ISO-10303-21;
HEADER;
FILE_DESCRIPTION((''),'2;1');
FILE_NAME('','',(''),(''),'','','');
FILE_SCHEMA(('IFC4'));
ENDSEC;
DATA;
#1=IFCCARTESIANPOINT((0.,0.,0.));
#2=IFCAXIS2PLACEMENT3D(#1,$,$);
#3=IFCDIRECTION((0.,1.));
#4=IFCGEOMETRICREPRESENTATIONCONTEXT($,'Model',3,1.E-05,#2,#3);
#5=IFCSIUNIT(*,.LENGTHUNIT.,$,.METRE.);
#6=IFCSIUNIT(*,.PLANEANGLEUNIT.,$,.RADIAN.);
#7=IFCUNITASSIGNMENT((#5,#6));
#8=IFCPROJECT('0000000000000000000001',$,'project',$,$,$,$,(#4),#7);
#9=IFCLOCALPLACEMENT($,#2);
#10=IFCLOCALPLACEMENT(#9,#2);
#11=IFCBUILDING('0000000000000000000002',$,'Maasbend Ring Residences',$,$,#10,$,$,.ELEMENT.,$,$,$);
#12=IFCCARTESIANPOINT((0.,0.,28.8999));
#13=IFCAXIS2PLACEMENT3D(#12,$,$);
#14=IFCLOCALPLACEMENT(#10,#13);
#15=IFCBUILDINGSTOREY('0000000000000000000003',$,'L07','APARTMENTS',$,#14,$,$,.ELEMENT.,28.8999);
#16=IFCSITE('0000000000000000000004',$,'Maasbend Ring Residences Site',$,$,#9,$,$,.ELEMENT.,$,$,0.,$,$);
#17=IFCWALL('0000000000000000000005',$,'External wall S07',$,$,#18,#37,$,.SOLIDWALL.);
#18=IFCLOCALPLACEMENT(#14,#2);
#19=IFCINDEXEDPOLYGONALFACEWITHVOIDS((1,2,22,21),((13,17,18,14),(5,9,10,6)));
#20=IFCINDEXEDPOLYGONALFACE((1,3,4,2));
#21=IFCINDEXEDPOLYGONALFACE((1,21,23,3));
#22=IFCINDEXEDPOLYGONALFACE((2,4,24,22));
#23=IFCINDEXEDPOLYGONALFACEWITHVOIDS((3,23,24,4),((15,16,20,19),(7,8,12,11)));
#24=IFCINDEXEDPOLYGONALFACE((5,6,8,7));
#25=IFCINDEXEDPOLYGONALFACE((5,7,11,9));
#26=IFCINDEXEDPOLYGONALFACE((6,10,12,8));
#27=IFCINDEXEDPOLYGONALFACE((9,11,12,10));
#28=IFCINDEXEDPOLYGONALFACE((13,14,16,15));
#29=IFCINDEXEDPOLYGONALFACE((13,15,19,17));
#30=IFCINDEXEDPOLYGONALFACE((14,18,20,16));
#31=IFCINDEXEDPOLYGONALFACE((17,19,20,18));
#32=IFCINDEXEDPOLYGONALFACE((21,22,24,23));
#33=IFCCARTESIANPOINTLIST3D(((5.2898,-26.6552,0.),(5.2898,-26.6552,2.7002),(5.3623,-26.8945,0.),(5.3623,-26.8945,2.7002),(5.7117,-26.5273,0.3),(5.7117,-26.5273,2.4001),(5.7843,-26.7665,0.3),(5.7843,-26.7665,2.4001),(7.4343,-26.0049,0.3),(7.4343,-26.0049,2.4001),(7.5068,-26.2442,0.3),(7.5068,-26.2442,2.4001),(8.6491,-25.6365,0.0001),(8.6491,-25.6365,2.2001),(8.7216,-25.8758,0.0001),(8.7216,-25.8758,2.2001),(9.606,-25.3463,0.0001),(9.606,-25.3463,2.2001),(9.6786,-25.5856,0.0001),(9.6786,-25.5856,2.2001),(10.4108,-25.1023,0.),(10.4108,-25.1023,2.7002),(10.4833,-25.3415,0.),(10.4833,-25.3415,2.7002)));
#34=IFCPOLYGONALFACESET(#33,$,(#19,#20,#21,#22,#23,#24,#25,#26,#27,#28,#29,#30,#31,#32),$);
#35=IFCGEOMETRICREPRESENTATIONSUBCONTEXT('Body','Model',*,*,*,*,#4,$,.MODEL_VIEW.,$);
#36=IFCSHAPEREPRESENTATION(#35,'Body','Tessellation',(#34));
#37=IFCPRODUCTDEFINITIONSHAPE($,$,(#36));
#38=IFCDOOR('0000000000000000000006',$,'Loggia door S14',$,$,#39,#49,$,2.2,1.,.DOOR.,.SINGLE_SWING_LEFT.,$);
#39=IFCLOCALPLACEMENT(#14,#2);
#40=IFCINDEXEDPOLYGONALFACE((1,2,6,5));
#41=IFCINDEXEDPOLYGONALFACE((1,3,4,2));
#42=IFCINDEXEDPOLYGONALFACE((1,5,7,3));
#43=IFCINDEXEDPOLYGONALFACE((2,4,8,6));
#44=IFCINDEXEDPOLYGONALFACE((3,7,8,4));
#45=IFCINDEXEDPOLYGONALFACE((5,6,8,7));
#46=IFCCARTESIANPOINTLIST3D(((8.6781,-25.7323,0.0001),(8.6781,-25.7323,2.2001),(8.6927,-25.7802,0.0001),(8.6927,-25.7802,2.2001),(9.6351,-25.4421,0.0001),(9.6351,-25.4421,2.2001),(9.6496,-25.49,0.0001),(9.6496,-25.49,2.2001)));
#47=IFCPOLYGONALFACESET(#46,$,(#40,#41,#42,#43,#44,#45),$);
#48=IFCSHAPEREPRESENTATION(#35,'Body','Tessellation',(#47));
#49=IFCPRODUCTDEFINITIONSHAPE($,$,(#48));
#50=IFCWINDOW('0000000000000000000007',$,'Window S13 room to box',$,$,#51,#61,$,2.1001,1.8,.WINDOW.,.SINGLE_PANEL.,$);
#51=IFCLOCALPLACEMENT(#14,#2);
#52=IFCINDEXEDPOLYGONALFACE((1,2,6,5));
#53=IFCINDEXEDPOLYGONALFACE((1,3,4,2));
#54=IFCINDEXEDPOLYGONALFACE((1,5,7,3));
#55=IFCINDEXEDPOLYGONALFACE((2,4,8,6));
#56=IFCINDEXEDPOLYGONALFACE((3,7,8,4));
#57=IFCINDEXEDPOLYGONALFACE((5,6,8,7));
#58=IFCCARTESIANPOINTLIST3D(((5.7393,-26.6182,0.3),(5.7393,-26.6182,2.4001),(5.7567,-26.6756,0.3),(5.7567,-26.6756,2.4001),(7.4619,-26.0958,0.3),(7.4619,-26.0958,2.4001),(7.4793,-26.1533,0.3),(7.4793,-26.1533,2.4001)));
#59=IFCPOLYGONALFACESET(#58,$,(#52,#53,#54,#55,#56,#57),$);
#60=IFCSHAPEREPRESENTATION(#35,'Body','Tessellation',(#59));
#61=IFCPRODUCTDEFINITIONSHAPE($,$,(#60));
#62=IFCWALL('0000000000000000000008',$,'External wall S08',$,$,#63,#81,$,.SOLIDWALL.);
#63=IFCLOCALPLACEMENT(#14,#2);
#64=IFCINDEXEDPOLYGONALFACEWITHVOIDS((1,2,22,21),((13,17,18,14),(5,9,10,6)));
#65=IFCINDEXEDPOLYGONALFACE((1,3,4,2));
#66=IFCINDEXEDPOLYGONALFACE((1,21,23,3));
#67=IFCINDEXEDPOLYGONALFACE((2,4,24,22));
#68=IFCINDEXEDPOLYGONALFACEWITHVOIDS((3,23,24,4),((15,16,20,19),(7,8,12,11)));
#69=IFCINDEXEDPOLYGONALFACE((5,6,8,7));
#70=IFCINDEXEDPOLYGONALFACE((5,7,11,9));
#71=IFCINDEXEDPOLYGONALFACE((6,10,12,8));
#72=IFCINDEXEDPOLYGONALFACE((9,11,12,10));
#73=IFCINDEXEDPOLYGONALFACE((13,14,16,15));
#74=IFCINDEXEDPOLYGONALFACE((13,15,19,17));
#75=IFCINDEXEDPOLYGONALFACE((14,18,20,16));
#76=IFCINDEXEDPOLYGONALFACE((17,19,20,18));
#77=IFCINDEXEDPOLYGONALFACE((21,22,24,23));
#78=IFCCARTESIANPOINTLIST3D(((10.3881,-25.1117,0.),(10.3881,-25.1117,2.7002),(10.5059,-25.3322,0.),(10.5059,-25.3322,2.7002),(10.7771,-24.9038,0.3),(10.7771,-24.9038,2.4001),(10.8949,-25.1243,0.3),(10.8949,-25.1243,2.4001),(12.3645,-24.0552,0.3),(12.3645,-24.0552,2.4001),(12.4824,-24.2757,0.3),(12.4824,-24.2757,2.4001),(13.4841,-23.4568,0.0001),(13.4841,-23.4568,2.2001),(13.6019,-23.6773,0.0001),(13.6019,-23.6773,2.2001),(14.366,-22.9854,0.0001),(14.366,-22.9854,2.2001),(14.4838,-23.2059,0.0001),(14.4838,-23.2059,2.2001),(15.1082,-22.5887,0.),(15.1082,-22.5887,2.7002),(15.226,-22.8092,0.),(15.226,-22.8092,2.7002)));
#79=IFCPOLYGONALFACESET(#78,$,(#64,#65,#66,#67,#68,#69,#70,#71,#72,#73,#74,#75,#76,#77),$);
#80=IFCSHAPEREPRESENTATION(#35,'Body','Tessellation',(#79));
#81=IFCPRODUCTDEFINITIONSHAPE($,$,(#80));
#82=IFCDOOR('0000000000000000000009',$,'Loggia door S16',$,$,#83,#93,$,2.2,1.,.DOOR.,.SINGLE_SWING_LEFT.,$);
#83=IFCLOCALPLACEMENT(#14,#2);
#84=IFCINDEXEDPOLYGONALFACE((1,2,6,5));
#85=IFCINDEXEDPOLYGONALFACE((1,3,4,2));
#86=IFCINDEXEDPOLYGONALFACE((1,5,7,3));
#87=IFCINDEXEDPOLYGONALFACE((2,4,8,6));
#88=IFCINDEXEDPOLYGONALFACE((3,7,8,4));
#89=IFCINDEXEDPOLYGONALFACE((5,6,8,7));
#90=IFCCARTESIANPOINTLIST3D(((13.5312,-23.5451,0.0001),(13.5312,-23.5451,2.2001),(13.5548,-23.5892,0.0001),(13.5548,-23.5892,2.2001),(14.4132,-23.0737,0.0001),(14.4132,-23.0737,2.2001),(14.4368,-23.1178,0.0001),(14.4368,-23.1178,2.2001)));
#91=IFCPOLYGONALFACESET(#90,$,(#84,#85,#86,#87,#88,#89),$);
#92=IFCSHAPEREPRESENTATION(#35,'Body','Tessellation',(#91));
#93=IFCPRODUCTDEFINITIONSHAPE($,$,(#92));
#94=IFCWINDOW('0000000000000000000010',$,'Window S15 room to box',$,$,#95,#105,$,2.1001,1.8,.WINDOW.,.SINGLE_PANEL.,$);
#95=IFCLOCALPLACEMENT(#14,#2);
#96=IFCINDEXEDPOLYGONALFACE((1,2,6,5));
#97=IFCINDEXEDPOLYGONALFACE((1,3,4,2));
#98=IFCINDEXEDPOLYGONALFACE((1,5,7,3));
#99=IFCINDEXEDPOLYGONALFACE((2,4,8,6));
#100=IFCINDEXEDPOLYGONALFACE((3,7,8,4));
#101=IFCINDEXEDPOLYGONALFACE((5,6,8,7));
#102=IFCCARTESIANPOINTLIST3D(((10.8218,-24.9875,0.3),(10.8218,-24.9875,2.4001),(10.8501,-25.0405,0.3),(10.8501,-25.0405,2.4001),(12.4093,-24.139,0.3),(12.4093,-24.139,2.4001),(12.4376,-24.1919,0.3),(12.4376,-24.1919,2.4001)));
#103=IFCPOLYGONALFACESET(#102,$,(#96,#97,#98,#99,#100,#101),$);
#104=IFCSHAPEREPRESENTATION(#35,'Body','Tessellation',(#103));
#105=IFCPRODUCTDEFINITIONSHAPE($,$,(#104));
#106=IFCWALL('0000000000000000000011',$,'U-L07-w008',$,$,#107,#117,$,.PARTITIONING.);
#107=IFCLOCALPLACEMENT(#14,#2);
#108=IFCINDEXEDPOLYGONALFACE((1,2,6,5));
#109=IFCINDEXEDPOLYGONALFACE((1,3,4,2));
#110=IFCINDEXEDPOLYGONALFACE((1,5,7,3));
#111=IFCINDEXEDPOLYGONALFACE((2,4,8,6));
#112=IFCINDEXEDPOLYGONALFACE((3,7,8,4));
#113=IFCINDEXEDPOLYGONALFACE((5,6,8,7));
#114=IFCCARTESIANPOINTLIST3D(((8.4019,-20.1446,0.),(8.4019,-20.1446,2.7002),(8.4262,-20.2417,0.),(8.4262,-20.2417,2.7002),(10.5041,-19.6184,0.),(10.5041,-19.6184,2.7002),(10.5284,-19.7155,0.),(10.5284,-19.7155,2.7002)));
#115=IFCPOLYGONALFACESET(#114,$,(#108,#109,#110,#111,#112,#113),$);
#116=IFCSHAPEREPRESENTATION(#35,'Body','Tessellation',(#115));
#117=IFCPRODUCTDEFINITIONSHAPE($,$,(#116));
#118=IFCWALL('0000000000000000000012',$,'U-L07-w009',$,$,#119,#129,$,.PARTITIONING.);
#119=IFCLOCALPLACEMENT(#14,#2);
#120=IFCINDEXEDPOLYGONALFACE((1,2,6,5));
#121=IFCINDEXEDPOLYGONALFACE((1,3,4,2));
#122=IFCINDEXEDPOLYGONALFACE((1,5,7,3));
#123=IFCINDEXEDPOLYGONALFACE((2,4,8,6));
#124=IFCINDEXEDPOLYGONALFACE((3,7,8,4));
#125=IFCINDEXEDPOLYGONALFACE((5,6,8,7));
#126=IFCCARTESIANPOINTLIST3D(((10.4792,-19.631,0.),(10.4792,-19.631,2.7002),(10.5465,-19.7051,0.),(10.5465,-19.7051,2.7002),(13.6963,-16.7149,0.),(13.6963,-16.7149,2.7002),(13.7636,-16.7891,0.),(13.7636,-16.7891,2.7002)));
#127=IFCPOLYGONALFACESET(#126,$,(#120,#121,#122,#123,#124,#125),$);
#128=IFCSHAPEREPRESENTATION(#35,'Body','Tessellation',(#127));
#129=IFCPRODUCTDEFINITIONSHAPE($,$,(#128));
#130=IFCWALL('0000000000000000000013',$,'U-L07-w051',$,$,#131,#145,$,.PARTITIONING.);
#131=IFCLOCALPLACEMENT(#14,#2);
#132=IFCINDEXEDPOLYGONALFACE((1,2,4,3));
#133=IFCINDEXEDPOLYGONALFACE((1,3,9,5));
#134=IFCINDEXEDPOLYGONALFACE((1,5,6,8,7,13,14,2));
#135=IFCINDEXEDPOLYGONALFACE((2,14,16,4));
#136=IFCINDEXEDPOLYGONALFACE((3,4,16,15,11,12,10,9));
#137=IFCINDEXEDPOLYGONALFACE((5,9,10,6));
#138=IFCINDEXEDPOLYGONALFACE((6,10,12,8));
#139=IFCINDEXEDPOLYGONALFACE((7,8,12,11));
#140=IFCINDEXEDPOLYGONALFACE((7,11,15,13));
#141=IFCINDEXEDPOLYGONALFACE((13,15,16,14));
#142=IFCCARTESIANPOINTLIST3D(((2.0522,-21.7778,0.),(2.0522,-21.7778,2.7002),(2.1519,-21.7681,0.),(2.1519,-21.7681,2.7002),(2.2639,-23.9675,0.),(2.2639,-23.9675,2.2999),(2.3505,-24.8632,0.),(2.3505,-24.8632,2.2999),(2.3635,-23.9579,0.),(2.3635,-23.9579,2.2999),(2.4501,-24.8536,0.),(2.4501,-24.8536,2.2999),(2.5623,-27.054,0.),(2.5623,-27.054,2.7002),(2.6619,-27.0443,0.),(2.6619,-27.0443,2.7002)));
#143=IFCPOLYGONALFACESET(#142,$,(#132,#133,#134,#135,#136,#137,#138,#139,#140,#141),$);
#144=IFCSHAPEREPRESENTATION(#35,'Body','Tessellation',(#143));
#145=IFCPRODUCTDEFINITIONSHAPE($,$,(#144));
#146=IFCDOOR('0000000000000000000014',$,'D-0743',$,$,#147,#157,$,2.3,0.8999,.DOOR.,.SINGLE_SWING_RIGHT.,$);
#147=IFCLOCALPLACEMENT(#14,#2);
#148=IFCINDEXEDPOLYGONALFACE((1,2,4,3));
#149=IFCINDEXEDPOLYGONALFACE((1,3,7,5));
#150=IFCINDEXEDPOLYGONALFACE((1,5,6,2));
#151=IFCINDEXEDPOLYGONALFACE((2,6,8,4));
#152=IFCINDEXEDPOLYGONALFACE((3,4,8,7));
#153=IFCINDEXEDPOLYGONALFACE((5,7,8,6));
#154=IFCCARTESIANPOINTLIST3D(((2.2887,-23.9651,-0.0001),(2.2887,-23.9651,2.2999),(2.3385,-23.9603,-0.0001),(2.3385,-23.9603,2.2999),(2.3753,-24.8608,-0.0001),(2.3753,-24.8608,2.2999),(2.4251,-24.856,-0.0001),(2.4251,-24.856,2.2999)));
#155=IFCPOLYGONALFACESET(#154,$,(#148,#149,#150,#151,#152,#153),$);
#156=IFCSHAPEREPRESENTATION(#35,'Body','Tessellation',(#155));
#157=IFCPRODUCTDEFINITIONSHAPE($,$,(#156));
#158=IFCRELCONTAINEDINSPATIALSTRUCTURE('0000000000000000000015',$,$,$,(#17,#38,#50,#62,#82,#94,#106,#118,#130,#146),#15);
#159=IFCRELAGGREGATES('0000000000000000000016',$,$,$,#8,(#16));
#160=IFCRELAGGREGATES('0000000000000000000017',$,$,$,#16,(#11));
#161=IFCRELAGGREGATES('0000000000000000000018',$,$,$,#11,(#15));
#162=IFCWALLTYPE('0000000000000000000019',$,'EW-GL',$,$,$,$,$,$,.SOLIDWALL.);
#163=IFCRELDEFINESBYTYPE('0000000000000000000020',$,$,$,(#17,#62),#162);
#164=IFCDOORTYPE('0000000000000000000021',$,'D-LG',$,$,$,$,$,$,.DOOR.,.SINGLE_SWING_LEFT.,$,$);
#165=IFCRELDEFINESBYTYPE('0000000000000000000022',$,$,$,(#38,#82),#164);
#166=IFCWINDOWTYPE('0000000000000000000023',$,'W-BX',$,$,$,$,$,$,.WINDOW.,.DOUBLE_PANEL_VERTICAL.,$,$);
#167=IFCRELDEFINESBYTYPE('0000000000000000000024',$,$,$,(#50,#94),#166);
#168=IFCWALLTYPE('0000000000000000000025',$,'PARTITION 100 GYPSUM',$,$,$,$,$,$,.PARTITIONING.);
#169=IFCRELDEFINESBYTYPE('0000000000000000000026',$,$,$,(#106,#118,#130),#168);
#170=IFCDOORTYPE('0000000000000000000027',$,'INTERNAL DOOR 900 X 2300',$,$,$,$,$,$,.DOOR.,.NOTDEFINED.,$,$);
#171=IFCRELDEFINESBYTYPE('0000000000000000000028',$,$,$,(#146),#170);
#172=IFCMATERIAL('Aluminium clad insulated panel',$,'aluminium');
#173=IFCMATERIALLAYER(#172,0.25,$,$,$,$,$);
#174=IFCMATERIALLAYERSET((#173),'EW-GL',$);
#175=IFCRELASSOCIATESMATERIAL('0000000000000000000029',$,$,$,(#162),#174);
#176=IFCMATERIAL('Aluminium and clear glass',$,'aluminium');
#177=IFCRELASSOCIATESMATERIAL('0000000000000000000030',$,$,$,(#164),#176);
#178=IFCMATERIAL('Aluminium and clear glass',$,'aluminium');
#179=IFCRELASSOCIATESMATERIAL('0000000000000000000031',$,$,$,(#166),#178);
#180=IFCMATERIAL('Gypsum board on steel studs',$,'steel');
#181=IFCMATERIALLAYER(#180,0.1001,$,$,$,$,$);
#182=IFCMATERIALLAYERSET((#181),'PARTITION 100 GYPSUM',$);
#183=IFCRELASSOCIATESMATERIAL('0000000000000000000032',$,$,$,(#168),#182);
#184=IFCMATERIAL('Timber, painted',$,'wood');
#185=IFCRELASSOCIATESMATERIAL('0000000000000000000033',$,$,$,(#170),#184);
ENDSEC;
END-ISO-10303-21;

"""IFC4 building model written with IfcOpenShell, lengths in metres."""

from ifc_helpers import new_model, si_unit, direction, frame, frame_2d, origin, place, context, subcontext, project, spatial, rectangle, extrude, material, layer, layer_set, type_object, element, fill, save


model = new_model("IFC4")

# Units and contexts
model_context = context("Model", 3, precision=1e-05, world=origin(), true_north=direction((0.0, 1.0)))
body_context = subcontext(model_context, "Body", "Model", "MODEL_VIEW")
ifc_project = project(units=[si_unit("LENGTHUNIT", "METRE"), si_unit("PLANEANGLEUNIT", "RADIAN")], contexts=[model_context])

# Site, building, storey
site_placement = place(None, origin())
site = spatial("IfcSite", under=ifc_project, at=site_placement, Name="Maasbend Ring Residences Site", CompositionType="ELEMENT", RefElevation=0.0)
building_placement = place(site_placement, origin())
building = spatial("IfcBuilding", under=site, at=building_placement, Name="Maasbend Ring Residences", CompositionType="ELEMENT")
storey_placement = place(building_placement, frame((0.0, 0.0, 28.8999)))
storey = spatial("IfcBuildingStorey", under=building, at=storey_placement, Name="L07", Description="APARTMENTS", CompositionType="ELEMENT", Elevation=28.8999)

# Walls, openings, doors, windows
ifc_material_1 = material(Name="Aluminium clad insulated panel", Category="aluminium")
ifc_layer_1 = layer(ifc_material_1, 0.25)
ifc_layer_set_1 = layer_set([ifc_layer_1], Name="EW-GL")
wall_type_1 = type_object("IfcWallType", Name="EW-GL", PredefinedType="SOLIDWALL", material=ifc_layer_set_1)
wall_1_placement = place(storey_placement, frame((5.3259, -26.7749, 0.0), z_axis=(0.0, 0.0, 1.0), x_axis=(0.956966, 0.290201, 0.0)))
wall_1 = element("IfcWall", 1, at=wall_1_placement, inside=storey, type_object=wall_type_1, Name="External wall S07", PredefinedType="SOLIDWALL", context=body_context, shape_type="SweptSolid", body=[
    extrude(rectangle(XDim=5.3513, YDim=0.25, at=frame_2d((2.6758, 0.0))), origin(), (0.0, 0.0, 1.0), 2.7002),
])
opening_1_placement = place(wall_1_placement, frame((0.4412, 0.0, 0.3)))
opening_1 = element("IfcOpeningElement", 2, at=opening_1_placement, cuts=wall_1, PredefinedType="OPENING", context=body_context, shape_type="SweptSolid", body=[
    extrude(rectangle(XDim=1.8, YDim=2.1001, at=frame_2d((0.8999, 1.05))), frame((0.0, 0.135, 0.0), z_axis=(0.0, -1.0, 0.0), x_axis=(1.0, 0.0, 0.0)), (0.0, 0.0, 1.0), 0.27),
])
opening_2_placement = place(wall_1_placement, frame((3.5105, 0.0, 0.0)))
opening_2 = element("IfcOpeningElement", 3, at=opening_2_placement, cuts=wall_1, PredefinedType="OPENING", context=body_context, shape_type="SweptSolid", body=[
    extrude(rectangle(XDim=1.0, YDim=2.2, at=frame_2d((0.5, 1.1001))), frame((0.0, 0.135, 0.0), z_axis=(0.0, -1.0, 0.0), x_axis=(1.0, 0.0, 0.0)), (0.0, 0.0, 1.0), 0.27),
])
ifc_material_2 = material(Name="Aluminium and clear glass", Category="aluminium")
door_type_1 = type_object("IfcDoorType", Name="D-LG", OperationType="SINGLE_SWING_LEFT", PredefinedType="DOOR", material=ifc_material_2)
door_1_placement = place(opening_2_placement, origin())
door_1 = element("IfcDoor", 4, at=door_1_placement, inside=storey, type_object=door_type_1, Name="Loggia door S14", OperationType="SINGLE_SWING_LEFT", OverallHeight=2.2, OverallWidth=1.0, PredefinedType="DOOR", context=body_context, shape_type="SweptSolid", body=[
    extrude(rectangle(XDim=1.0, YDim=2.2, at=frame_2d((0.5, 1.1001))), frame((0.0, 0.0249, 0.0), z_axis=(0.0, -1.0, 0.0), x_axis=(1.0, 0.0, 0.0)), (0.0, 0.0, 1.0), 0.05),
])
fill(opening_2, door_1)
ifc_material_3 = material(Name="Aluminium and clear glass", Category="aluminium")
window_type_1 = type_object("IfcWindowType", Name="W-BX", PartitioningType="DOUBLE_PANEL_VERTICAL", PredefinedType="WINDOW", material=ifc_material_3)
window_1_placement = place(opening_1_placement, origin())
window_1 = element("IfcWindow", 5, at=window_1_placement, inside=storey, type_object=window_type_1, Name="Window S13 room to box", OverallHeight=2.1001, OverallWidth=1.8, PartitioningType="SINGLE_PANEL", PredefinedType="WINDOW", context=body_context, shape_type="SweptSolid", body=[
    extrude(rectangle(XDim=1.8, YDim=2.1001, at=frame_2d((0.8999, 1.05))), frame((0.0, 0.03, 0.0), z_axis=(0.0, -1.0, 0.0), x_axis=(1.0, 0.0, 0.0)), (0.0, 0.0, 1.0), 0.0601),
])
fill(opening_1, window_1)
wall_2_placement = place(storey_placement, frame((10.447, -25.2219, 0.0), z_axis=(0.0, 0.0, 1.0), x_axis=(0.881916, 0.471407, 0.0)))
wall_2 = element("IfcWall", 6, at=wall_2_placement, inside=storey, type_object=wall_type_1, Name="External wall S08", PredefinedType="SOLIDWALL", context=body_context, shape_type="SweptSolid", body=[
    extrude(rectangle(XDim=5.3521, YDim=0.25, at=frame_2d((2.676, 0.0))), origin(), (0.0, 0.0, 1.0), 2.7002),
])
opening_3_placement = place(wall_2_placement, frame((0.4412, 0.0, 0.3)))
opening_3 = element("IfcOpeningElement", 7, at=opening_3_placement, cuts=wall_2, PredefinedType="OPENING", context=body_context, shape_type="SweptSolid", body=[
    extrude(rectangle(XDim=1.8, YDim=2.1001, at=frame_2d((0.8999, 1.05))), frame((0.0, 0.135, 0.0), z_axis=(0.0, -1.0, 0.0), x_axis=(1.0, 0.0, 0.0)), (0.0, 0.0, 1.0), 0.27),
])
opening_4_placement = place(wall_2_placement, frame((3.5105, 0.0, 0.0)))
opening_4 = element("IfcOpeningElement", 8, at=opening_4_placement, cuts=wall_2, PredefinedType="OPENING", context=body_context, shape_type="SweptSolid", body=[
    extrude(rectangle(XDim=1.0, YDim=2.2, at=frame_2d((0.5, 1.1001))), frame((0.0, 0.135, 0.0), z_axis=(0.0, -1.0, 0.0), x_axis=(1.0, 0.0, 0.0)), (0.0, 0.0, 1.0), 0.27),
])
door_2_placement = place(opening_4_placement, origin())
door_2 = element("IfcDoor", 9, at=door_2_placement, inside=storey, type_object=door_type_1, Name="Loggia door S16", OperationType="SINGLE_SWING_LEFT", OverallHeight=2.2, OverallWidth=1.0, PredefinedType="DOOR", context=body_context, shape_type="SweptSolid", body=[
    extrude(rectangle(XDim=1.0, YDim=2.2, at=frame_2d((0.5, 1.1001))), frame((0.0, 0.0249, 0.0), z_axis=(0.0, -1.0, 0.0), x_axis=(1.0, 0.0, 0.0)), (0.0, 0.0, 1.0), 0.05),
])
fill(opening_4, door_2)
window_2_placement = place(opening_3_placement, origin())
window_2 = element("IfcWindow", 10, at=window_2_placement, inside=storey, type_object=window_type_1, Name="Window S15 room to box", OverallHeight=2.1001, OverallWidth=1.8, PartitioningType="SINGLE_PANEL", PredefinedType="WINDOW", context=body_context, shape_type="SweptSolid", body=[
    extrude(rectangle(XDim=1.8, YDim=2.1001, at=frame_2d((0.8999, 1.05))), frame((0.0, 0.03, 0.0), z_axis=(0.0, -1.0, 0.0), x_axis=(1.0, 0.0, 0.0)), (0.0, 0.0, 1.0), 0.0601),
])
fill(opening_3, window_2)

# Walls
ifc_material_4 = material(Name="Gypsum board on steel studs", Category="steel")
ifc_layer_2 = layer(ifc_material_4, 0.1001)
ifc_layer_set_2 = layer_set([ifc_layer_2], Name="PARTITION 100 GYPSUM")
wall_type_2 = type_object("IfcWallType", Name="PARTITION 100 GYPSUM", PredefinedType="PARTITIONING", material=ifc_layer_set_2)
wall_3_placement = place(storey_placement, frame((8.4141, -20.1931, 0.0), z_axis=(0.0, 0.0, 1.0), x_axis=(0.970076, 0.242801, 0.0)))
element("IfcWall", 11, at=wall_3_placement, inside=storey, type_object=wall_type_2, Name="U-L07-w008", PredefinedType="PARTITIONING", context=body_context, shape_type="SweptSolid", body=[
    extrude(rectangle(XDim=2.167, YDim=0.1001, at=frame_2d((1.0835, 0.0))), origin(), (0.0, 0.0, 1.0), 2.7002),
])
wall_4_placement = place(storey_placement, frame((10.5129, -19.668, 0.0), z_axis=(0.0, 0.0, 1.0), x_axis=(0.740921, 0.671592, 0.0)))
element("IfcWall", 12, at=wall_4_placement, inside=storey, type_object=wall_type_2, Name="U-L07-w009", PredefinedType="PARTITIONING", context=body_context, shape_type="SweptSolid", body=[
    extrude(rectangle(XDim=4.342, YDim=0.1001, at=frame_2d((2.1709, 0.0))), origin(), (0.0, 0.0, 1.0), 2.7002),
])

# Wall, opening, door
wall_5_placement = place(storey_placement, frame((2.1021, -21.7729, 0.0), z_axis=(0.0, 0.0, 1.0), x_axis=(0.096215, -0.995361, 0.0)))
wall_5 = element("IfcWall", 13, at=wall_5_placement, inside=storey, type_object=wall_type_2, Name="U-L07-w051", PredefinedType="PARTITIONING", context=body_context, shape_type="SweptSolid", body=[
    extrude(rectangle(XDim=5.3008, YDim=0.1001, at=frame_2d((2.6504, 0.0))), origin(), (0.0, 0.0, 1.0), 2.7002),
])
opening_5_placement = place(wall_5_placement, frame((2.2, 0.0, 0.0)))
opening_5 = element("IfcOpeningElement", 14, at=opening_5_placement, cuts=wall_5, PredefinedType="OPENING", context=body_context, shape_type="SweptSolid", body=[
    extrude(rectangle(XDim=0.8999, YDim=2.3, at=frame_2d((0.45, 1.1499))), frame((0.0, 0.0601, 0.0), z_axis=(0.0, -1.0, 0.0), x_axis=(1.0, 0.0, 0.0)), (0.0, 0.0, 1.0), 0.1201),
])
ifc_material_5 = material(Name="Timber, painted", Category="wood")
door_type_2 = type_object("IfcDoorType", Name="INTERNAL DOOR 900 X 2300", OperationType="NOTDEFINED", PredefinedType="DOOR", material=ifc_material_5)
door_3_placement = place(opening_5_placement, origin())
door_3 = element("IfcDoor", 15, at=door_3_placement, inside=storey, type_object=door_type_2, Name="D-0743", OperationType="SINGLE_SWING_RIGHT", OverallHeight=2.3, OverallWidth=0.8999, PredefinedType="DOOR", context=body_context, shape_type="SweptSolid", body=[
    extrude(rectangle(XDim=0.8999, YDim=2.3, at=frame_2d((0.45, 1.1499))), frame((0.0, 0.0249, 0.0), z_axis=(0.0, -1.0, 0.0), x_axis=(1.0, 0.0, 0.0)), (0.0, 0.0, 1.0), 0.05),
])
fill(opening_5, door_3)

save(model, "model.ifc")
